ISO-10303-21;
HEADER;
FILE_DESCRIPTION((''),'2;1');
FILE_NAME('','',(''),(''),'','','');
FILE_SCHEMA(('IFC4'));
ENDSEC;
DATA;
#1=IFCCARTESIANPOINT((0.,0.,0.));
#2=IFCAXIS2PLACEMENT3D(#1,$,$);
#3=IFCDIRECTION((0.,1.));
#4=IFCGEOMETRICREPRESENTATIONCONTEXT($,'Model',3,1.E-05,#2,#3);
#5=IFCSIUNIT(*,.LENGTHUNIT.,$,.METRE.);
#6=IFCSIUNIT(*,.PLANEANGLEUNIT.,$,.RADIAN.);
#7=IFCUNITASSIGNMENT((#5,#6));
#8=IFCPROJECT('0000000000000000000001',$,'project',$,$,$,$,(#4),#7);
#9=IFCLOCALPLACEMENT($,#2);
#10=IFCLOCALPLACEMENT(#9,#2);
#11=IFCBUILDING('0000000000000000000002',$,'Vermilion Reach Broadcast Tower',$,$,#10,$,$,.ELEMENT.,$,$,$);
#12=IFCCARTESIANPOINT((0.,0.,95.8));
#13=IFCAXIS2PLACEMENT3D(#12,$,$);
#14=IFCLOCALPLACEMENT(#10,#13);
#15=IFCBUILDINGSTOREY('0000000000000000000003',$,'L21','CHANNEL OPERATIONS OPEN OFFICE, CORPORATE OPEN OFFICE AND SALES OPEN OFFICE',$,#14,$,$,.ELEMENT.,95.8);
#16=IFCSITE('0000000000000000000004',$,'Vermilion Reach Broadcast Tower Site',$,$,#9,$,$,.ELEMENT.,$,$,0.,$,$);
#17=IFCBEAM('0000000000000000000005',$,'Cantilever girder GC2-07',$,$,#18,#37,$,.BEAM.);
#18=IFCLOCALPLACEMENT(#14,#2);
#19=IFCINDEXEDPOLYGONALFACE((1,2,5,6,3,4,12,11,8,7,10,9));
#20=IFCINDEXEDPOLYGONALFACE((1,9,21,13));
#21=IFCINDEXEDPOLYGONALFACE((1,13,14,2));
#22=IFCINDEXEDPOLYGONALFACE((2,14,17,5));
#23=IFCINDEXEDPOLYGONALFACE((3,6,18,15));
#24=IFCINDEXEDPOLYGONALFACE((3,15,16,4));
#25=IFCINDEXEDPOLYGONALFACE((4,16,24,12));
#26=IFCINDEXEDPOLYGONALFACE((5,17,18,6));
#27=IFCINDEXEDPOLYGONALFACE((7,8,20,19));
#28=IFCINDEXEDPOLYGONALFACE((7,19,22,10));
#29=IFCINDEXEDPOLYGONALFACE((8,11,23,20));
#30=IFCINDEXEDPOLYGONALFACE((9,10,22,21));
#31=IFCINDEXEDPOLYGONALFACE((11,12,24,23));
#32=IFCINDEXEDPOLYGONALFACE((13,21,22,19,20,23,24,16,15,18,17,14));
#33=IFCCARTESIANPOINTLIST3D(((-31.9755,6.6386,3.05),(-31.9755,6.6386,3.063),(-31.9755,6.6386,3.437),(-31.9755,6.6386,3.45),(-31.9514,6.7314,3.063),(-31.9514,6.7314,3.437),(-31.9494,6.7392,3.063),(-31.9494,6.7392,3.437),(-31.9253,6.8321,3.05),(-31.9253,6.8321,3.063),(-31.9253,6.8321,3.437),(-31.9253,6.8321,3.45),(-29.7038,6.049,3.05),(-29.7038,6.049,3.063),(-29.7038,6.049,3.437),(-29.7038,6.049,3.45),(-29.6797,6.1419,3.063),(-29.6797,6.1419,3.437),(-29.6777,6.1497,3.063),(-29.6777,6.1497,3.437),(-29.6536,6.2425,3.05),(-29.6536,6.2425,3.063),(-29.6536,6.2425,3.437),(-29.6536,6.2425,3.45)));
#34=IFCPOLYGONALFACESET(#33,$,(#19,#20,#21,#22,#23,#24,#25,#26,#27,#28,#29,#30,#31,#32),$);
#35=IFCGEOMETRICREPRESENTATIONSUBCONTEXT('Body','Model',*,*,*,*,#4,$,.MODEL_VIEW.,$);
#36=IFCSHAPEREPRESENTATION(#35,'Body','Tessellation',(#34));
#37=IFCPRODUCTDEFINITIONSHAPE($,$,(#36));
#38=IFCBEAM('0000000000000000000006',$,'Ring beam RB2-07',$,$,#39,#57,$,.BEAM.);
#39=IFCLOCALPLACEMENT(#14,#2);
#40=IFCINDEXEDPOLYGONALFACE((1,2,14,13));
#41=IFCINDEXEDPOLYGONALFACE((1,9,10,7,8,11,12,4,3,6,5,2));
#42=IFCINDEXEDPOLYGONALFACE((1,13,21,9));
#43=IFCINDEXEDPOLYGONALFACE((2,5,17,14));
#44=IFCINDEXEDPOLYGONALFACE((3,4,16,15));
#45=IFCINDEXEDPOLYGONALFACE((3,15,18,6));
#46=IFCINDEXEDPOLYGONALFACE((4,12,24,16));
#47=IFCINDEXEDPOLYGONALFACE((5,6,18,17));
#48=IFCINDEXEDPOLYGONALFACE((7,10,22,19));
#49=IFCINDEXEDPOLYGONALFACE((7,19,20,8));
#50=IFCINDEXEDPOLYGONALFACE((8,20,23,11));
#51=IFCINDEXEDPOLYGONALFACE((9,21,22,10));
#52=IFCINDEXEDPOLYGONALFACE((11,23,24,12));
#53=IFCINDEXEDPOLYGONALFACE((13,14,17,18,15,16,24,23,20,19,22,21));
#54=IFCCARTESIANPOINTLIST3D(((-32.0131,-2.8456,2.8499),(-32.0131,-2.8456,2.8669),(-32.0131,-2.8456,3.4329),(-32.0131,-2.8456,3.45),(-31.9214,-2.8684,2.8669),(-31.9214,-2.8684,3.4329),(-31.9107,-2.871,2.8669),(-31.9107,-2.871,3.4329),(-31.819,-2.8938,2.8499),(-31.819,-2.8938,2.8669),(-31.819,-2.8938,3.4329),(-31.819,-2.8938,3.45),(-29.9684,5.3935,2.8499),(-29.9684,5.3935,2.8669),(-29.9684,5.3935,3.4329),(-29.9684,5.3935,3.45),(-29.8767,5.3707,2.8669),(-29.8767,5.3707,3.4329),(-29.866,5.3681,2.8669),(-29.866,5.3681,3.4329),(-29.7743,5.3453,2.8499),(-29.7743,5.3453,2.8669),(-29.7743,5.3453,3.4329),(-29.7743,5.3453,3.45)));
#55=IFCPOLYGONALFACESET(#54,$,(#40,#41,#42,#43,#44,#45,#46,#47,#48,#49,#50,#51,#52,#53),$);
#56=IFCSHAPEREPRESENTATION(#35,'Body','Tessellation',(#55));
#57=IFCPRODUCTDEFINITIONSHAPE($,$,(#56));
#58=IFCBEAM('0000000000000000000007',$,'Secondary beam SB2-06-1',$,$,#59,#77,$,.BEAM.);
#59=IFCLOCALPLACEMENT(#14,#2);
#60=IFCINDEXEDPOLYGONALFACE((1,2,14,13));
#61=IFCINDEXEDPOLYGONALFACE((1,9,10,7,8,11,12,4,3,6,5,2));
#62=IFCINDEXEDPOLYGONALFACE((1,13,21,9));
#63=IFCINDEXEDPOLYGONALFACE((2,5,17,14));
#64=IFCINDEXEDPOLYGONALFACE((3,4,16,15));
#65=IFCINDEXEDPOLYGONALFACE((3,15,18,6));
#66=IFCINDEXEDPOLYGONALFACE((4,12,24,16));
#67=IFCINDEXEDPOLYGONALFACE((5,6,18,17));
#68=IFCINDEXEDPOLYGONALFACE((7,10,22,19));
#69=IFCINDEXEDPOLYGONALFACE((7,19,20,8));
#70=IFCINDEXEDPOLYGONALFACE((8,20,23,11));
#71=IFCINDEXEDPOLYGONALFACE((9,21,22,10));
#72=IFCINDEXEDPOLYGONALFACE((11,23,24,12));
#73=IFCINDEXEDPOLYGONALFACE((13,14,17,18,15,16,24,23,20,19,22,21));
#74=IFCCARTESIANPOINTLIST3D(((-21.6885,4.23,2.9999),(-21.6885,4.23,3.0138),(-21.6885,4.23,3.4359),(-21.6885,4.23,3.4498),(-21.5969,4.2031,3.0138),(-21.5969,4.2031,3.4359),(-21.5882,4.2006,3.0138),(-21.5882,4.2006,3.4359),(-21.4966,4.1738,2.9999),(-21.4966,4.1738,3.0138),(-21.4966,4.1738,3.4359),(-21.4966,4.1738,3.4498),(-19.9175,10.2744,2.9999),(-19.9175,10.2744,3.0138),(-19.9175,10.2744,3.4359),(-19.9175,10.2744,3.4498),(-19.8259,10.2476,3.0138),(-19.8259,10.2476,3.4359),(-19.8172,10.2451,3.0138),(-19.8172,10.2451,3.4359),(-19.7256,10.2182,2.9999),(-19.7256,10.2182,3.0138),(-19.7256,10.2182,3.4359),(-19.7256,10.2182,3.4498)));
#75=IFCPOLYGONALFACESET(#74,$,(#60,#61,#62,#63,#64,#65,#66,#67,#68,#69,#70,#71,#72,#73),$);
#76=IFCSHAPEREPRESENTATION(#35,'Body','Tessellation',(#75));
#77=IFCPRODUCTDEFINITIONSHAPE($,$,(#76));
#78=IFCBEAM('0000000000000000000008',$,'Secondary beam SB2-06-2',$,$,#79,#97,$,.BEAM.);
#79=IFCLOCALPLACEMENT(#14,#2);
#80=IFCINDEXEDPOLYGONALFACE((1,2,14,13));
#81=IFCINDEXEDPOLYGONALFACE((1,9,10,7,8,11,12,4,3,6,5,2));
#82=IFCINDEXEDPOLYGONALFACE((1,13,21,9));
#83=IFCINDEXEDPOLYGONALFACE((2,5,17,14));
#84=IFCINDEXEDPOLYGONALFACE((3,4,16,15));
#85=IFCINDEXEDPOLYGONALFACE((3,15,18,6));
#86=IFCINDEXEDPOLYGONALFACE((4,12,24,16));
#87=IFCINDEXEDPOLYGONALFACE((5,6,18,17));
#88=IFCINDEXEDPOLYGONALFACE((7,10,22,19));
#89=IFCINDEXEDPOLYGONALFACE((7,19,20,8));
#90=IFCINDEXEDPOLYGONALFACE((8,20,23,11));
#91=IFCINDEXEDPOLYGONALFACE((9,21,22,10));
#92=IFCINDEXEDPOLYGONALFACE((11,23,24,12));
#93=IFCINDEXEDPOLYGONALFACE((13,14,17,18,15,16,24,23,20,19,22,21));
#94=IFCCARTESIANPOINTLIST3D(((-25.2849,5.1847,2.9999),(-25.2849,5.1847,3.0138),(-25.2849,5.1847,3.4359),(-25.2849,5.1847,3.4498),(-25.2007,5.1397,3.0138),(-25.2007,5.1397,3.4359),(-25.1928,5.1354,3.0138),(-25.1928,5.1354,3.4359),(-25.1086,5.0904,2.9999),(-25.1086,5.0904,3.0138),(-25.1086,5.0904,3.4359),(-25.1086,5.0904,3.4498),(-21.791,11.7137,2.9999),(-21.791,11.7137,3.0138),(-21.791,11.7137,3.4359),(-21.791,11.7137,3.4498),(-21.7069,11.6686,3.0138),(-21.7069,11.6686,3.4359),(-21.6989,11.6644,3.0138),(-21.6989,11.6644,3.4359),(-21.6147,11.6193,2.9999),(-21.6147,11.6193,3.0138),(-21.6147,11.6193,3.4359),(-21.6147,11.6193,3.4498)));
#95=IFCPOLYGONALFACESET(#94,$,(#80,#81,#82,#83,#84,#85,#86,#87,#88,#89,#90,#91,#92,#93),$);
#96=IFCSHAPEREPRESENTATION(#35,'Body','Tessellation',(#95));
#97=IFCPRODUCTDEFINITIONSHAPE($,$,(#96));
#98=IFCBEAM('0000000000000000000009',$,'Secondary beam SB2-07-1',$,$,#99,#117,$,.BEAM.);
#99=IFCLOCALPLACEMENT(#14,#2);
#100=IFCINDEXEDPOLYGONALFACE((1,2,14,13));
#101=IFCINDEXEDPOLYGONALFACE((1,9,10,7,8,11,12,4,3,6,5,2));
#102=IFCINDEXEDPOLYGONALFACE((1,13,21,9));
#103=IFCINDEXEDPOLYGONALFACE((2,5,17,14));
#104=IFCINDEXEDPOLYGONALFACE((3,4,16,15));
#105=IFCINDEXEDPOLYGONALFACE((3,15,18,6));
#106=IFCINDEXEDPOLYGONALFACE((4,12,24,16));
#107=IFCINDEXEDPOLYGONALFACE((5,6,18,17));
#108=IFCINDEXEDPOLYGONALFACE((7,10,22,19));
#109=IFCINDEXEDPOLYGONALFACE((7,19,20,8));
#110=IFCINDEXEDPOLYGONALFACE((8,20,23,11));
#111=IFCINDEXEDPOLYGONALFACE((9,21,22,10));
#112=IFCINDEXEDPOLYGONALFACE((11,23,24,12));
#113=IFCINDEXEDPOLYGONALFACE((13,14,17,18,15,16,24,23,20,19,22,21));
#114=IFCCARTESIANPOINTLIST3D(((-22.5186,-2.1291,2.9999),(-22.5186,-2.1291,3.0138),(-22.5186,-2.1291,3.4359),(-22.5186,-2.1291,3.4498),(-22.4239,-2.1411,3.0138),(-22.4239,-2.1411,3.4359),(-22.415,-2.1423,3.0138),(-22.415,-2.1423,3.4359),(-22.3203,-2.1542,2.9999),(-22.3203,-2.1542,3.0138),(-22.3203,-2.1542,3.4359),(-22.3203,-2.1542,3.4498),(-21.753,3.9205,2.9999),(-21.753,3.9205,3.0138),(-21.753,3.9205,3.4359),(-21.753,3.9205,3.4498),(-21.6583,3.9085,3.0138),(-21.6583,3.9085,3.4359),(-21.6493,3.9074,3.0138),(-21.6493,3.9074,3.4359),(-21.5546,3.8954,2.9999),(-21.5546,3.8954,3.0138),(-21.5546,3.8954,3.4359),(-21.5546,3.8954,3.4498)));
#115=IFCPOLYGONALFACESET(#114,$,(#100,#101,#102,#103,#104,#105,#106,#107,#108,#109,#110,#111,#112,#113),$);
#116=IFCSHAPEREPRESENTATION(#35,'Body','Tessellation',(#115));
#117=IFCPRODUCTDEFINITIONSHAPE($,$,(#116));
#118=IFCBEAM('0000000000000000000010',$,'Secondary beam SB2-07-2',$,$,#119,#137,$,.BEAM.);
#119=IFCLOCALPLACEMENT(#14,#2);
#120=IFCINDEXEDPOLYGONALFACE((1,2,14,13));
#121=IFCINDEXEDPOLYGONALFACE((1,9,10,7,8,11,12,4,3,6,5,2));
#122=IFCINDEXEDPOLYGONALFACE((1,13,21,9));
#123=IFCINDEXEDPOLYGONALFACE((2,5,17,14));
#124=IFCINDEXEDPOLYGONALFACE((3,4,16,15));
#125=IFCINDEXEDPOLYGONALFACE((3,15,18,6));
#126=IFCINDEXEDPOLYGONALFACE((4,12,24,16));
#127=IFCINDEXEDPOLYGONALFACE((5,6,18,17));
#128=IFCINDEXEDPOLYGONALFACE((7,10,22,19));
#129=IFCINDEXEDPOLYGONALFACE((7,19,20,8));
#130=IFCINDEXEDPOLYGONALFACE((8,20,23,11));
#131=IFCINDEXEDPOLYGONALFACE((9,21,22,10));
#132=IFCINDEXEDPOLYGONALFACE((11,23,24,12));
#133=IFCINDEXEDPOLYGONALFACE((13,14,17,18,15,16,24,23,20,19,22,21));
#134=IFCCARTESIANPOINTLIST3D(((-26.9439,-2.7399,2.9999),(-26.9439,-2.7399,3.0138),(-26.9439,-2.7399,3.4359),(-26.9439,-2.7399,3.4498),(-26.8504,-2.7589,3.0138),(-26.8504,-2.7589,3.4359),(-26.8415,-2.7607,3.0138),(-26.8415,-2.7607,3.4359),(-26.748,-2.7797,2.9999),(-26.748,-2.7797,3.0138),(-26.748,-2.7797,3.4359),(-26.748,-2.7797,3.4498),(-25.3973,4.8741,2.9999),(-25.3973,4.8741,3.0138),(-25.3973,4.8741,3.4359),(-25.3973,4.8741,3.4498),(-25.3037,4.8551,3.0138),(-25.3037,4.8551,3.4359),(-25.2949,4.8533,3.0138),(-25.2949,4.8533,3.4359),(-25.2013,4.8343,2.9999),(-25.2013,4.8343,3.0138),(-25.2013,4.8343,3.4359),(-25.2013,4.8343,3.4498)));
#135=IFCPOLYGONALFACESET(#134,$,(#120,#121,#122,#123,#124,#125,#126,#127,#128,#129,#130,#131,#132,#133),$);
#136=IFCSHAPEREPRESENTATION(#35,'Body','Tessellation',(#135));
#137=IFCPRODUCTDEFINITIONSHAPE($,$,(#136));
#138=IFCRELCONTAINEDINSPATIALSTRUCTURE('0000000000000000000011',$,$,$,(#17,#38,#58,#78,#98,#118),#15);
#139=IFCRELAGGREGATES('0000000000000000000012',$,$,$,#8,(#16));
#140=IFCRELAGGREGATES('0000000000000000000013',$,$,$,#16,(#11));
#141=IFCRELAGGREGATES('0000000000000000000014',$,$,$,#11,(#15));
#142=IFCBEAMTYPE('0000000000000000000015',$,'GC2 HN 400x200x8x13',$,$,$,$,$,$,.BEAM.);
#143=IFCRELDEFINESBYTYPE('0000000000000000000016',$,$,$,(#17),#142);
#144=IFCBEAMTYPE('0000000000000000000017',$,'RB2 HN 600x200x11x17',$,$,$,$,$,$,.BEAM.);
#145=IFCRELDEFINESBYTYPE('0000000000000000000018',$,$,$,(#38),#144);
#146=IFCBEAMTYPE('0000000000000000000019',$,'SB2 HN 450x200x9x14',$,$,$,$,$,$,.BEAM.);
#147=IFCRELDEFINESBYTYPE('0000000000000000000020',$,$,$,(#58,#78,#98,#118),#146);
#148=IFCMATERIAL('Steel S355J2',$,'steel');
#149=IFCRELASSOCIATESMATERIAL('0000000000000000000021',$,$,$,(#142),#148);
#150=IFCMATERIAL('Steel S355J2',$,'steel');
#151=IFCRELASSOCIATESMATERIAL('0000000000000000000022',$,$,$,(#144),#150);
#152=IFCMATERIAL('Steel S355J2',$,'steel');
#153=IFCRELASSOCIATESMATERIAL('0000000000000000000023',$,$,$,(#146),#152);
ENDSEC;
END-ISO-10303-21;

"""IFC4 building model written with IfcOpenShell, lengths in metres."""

from ifc_helpers import new_model, si_unit, direction, frame, origin, origin_2d, place, context, subcontext, project, spatial, i_section, extrude, material, material_profile, profile_set, type_object, element, save


model = new_model("IFC4")

# Units and contexts
model_context = context("Model", 3, precision=1e-05, world=origin(), true_north=direction((0.0, 1.0)))
body_context = subcontext(model_context, "Body", "Model", "MODEL_VIEW")
ifc_project = project(units=[si_unit("LENGTHUNIT", "METRE"), si_unit("PLANEANGLEUNIT", "RADIAN")], contexts=[model_context])

# Site, building, storey
site_placement = place(None, origin())
site = spatial("IfcSite", under=ifc_project, at=site_placement, Name="Vermilion Reach Broadcast Tower Site", CompositionType="ELEMENT", RefElevation=0.0)
building_placement = place(site_placement, origin())
building = spatial("IfcBuilding", under=site, at=building_placement, Name="Vermilion Reach Broadcast Tower", CompositionType="ELEMENT")
storey_placement = place(building_placement, frame((0.0, 0.0, 95.8)))
storey = spatial("IfcBuildingStorey", under=building, at=storey_placement, Name="L21", Description="CHANNEL OPERATIONS OPEN OFFICE, CORPORATE OPEN OFFICE AND SALES OPEN OFFICE", CompositionType="ELEMENT", Elevation=95.8)

# Beams
ifc_material_1 = material(Name="Steel S355J2", Category="steel")
ifc_material_profile_1 = material_profile(ifc_material_1, i_section(OverallWidth=0.2, OverallDepth=0.3999, WebThickness=0.0081, FlangeThickness=0.0129, at=origin_2d()), Name="S355J2 HN 400x200x8x13")
ifc_profile_set_1 = profile_set([ifc_material_profile_1], Name="Steel S355J2")
beam_type_1 = type_object("IfcBeamType", Name="GC2 HN 400x200x8x13", PredefinedType="BEAM", material=ifc_profile_set_1)
beam_1_placement = place(storey_placement, frame((-29.6787, 6.1458, 3.25), z_axis=(-0.967931, 0.251215, 0.0), x_axis=(-0.251215, -0.967931, 0.0)))
element("IfcBeam", 1, at=beam_1_placement, inside=storey, type_object=beam_type_1, Name="Cantilever girder GC2-07", PredefinedType="BEAM", context=body_context, shape_type="SweptSolid", body=[
    extrude(i_section(OverallWidth=0.2, OverallDepth=0.3999, WebThickness=0.0081, FlangeThickness=0.0129, at=origin_2d()), origin(), (0.0, 0.0, 1.0), 2.3469),
])
ifc_material_2 = material(Name="Steel S355J2", Category="steel")
ifc_material_profile_2 = material_profile(ifc_material_2, i_section(OverallWidth=0.2, OverallDepth=0.6001, WebThickness=0.011, FlangeThickness=0.0171, at=origin_2d()), Name="S355J2 HN 600x200x11x17")
ifc_profile_set_2 = profile_set([ifc_material_profile_2], Name="Steel S355J2")
beam_type_2 = type_object("IfcBeamType", Name="RB2 HN 600x200x11x17", PredefinedType="BEAM", material=ifc_profile_set_2)
beam_2_placement = place(storey_placement, frame((-29.8713, 5.3694, 3.1499), z_axis=(-0.240864, -0.970559, 0.0), x_axis=(0.970559, -0.240864, 0.0)))
element("IfcBeam", 2, at=beam_2_placement, inside=storey, type_object=beam_type_2, Name="Ring beam RB2-07", PredefinedType="BEAM", context=body_context, shape_type="SweptSolid", body=[
    extrude(i_section(OverallWidth=0.2, OverallDepth=0.6001, WebThickness=0.011, FlangeThickness=0.0171, at=origin_2d()), origin(), (0.0, 0.0, 1.0), 8.489),
])
ifc_material_3 = material(Name="Steel S355J2", Category="steel")
ifc_material_profile_3 = material_profile(ifc_material_3, i_section(OverallWidth=0.2, OverallDepth=0.45, WebThickness=0.009, FlangeThickness=0.0139, at=origin_2d()), Name="S355J2 HN 450x200x9x14")
ifc_profile_set_3 = profile_set([ifc_material_profile_3], Name="Steel S355J2")
beam_type_3 = type_object("IfcBeamType", Name="SB2 HN 450x200x9x14", PredefinedType="BEAM", material=ifc_profile_set_3)
beam_3_placement = place(storey_placement, frame((-19.8215, 10.2463, 3.2249), z_axis=(-0.281176, -0.959656, 0.0), x_axis=(0.959656, -0.281176, 0.0)))
element("IfcBeam", 3, at=beam_3_placement, inside=storey, type_object=beam_type_3, Name="Secondary beam SB2-06-1", PredefinedType="BEAM", context=body_context, shape_type="SweptSolid", body=[
    extrude(i_section(OverallWidth=0.2, OverallDepth=0.45, WebThickness=0.009, FlangeThickness=0.0139, at=origin_2d()), origin(), (0.0, 0.0, 1.0), 6.2986),
])
beam_4_placement = place(storey_placement, frame((-21.7029, 11.6665, 3.2249), z_axis=(-0.471822, -0.881694, 0.0), x_axis=(0.881694, -0.471822, 0.0)))
element("IfcBeam", 4, at=beam_4_placement, inside=storey, type_object=beam_type_3, Name="Secondary beam SB2-06-2", PredefinedType="BEAM", context=body_context, shape_type="SweptSolid", body=[
    extrude(i_section(OverallWidth=0.2, OverallDepth=0.45, WebThickness=0.009, FlangeThickness=0.0139, at=origin_2d()), origin(), (0.0, 0.0, 1.0), 7.405),
])
beam_5_placement = place(storey_placement, frame((-21.6538, 3.908, 3.2249), z_axis=(-0.125557, -0.992086, 0.0), x_axis=(0.992086, -0.125557, 0.0)))
element("IfcBeam", 5, at=beam_5_placement, inside=storey, type_object=beam_type_3, Name="Secondary beam SB2-07-1", PredefinedType="BEAM", context=body_context, shape_type="SweptSolid", body=[
    extrude(i_section(OverallWidth=0.2, OverallDepth=0.45, WebThickness=0.009, FlangeThickness=0.0139, at=origin_2d()), origin(), (0.0, 0.0, 1.0), 6.0979),
])
beam_6_placement = place(storey_placement, frame((-25.2993, 4.8542, 3.2249), z_axis=(-0.199064, -0.979986, 0.0), x_axis=(0.979986, -0.199064, 0.0)))
element("IfcBeam", 6, at=beam_6_placement, inside=storey, type_object=beam_type_3, Name="Secondary beam SB2-07-2", PredefinedType="BEAM", context=body_context, shape_type="SweptSolid", body=[
    extrude(i_section(OverallWidth=0.2, OverallDepth=0.45, WebThickness=0.009, FlangeThickness=0.0139, at=origin_2d()), origin(), (0.0, 0.0, 1.0), 7.7695),
])

save(model, "model.ifc")
